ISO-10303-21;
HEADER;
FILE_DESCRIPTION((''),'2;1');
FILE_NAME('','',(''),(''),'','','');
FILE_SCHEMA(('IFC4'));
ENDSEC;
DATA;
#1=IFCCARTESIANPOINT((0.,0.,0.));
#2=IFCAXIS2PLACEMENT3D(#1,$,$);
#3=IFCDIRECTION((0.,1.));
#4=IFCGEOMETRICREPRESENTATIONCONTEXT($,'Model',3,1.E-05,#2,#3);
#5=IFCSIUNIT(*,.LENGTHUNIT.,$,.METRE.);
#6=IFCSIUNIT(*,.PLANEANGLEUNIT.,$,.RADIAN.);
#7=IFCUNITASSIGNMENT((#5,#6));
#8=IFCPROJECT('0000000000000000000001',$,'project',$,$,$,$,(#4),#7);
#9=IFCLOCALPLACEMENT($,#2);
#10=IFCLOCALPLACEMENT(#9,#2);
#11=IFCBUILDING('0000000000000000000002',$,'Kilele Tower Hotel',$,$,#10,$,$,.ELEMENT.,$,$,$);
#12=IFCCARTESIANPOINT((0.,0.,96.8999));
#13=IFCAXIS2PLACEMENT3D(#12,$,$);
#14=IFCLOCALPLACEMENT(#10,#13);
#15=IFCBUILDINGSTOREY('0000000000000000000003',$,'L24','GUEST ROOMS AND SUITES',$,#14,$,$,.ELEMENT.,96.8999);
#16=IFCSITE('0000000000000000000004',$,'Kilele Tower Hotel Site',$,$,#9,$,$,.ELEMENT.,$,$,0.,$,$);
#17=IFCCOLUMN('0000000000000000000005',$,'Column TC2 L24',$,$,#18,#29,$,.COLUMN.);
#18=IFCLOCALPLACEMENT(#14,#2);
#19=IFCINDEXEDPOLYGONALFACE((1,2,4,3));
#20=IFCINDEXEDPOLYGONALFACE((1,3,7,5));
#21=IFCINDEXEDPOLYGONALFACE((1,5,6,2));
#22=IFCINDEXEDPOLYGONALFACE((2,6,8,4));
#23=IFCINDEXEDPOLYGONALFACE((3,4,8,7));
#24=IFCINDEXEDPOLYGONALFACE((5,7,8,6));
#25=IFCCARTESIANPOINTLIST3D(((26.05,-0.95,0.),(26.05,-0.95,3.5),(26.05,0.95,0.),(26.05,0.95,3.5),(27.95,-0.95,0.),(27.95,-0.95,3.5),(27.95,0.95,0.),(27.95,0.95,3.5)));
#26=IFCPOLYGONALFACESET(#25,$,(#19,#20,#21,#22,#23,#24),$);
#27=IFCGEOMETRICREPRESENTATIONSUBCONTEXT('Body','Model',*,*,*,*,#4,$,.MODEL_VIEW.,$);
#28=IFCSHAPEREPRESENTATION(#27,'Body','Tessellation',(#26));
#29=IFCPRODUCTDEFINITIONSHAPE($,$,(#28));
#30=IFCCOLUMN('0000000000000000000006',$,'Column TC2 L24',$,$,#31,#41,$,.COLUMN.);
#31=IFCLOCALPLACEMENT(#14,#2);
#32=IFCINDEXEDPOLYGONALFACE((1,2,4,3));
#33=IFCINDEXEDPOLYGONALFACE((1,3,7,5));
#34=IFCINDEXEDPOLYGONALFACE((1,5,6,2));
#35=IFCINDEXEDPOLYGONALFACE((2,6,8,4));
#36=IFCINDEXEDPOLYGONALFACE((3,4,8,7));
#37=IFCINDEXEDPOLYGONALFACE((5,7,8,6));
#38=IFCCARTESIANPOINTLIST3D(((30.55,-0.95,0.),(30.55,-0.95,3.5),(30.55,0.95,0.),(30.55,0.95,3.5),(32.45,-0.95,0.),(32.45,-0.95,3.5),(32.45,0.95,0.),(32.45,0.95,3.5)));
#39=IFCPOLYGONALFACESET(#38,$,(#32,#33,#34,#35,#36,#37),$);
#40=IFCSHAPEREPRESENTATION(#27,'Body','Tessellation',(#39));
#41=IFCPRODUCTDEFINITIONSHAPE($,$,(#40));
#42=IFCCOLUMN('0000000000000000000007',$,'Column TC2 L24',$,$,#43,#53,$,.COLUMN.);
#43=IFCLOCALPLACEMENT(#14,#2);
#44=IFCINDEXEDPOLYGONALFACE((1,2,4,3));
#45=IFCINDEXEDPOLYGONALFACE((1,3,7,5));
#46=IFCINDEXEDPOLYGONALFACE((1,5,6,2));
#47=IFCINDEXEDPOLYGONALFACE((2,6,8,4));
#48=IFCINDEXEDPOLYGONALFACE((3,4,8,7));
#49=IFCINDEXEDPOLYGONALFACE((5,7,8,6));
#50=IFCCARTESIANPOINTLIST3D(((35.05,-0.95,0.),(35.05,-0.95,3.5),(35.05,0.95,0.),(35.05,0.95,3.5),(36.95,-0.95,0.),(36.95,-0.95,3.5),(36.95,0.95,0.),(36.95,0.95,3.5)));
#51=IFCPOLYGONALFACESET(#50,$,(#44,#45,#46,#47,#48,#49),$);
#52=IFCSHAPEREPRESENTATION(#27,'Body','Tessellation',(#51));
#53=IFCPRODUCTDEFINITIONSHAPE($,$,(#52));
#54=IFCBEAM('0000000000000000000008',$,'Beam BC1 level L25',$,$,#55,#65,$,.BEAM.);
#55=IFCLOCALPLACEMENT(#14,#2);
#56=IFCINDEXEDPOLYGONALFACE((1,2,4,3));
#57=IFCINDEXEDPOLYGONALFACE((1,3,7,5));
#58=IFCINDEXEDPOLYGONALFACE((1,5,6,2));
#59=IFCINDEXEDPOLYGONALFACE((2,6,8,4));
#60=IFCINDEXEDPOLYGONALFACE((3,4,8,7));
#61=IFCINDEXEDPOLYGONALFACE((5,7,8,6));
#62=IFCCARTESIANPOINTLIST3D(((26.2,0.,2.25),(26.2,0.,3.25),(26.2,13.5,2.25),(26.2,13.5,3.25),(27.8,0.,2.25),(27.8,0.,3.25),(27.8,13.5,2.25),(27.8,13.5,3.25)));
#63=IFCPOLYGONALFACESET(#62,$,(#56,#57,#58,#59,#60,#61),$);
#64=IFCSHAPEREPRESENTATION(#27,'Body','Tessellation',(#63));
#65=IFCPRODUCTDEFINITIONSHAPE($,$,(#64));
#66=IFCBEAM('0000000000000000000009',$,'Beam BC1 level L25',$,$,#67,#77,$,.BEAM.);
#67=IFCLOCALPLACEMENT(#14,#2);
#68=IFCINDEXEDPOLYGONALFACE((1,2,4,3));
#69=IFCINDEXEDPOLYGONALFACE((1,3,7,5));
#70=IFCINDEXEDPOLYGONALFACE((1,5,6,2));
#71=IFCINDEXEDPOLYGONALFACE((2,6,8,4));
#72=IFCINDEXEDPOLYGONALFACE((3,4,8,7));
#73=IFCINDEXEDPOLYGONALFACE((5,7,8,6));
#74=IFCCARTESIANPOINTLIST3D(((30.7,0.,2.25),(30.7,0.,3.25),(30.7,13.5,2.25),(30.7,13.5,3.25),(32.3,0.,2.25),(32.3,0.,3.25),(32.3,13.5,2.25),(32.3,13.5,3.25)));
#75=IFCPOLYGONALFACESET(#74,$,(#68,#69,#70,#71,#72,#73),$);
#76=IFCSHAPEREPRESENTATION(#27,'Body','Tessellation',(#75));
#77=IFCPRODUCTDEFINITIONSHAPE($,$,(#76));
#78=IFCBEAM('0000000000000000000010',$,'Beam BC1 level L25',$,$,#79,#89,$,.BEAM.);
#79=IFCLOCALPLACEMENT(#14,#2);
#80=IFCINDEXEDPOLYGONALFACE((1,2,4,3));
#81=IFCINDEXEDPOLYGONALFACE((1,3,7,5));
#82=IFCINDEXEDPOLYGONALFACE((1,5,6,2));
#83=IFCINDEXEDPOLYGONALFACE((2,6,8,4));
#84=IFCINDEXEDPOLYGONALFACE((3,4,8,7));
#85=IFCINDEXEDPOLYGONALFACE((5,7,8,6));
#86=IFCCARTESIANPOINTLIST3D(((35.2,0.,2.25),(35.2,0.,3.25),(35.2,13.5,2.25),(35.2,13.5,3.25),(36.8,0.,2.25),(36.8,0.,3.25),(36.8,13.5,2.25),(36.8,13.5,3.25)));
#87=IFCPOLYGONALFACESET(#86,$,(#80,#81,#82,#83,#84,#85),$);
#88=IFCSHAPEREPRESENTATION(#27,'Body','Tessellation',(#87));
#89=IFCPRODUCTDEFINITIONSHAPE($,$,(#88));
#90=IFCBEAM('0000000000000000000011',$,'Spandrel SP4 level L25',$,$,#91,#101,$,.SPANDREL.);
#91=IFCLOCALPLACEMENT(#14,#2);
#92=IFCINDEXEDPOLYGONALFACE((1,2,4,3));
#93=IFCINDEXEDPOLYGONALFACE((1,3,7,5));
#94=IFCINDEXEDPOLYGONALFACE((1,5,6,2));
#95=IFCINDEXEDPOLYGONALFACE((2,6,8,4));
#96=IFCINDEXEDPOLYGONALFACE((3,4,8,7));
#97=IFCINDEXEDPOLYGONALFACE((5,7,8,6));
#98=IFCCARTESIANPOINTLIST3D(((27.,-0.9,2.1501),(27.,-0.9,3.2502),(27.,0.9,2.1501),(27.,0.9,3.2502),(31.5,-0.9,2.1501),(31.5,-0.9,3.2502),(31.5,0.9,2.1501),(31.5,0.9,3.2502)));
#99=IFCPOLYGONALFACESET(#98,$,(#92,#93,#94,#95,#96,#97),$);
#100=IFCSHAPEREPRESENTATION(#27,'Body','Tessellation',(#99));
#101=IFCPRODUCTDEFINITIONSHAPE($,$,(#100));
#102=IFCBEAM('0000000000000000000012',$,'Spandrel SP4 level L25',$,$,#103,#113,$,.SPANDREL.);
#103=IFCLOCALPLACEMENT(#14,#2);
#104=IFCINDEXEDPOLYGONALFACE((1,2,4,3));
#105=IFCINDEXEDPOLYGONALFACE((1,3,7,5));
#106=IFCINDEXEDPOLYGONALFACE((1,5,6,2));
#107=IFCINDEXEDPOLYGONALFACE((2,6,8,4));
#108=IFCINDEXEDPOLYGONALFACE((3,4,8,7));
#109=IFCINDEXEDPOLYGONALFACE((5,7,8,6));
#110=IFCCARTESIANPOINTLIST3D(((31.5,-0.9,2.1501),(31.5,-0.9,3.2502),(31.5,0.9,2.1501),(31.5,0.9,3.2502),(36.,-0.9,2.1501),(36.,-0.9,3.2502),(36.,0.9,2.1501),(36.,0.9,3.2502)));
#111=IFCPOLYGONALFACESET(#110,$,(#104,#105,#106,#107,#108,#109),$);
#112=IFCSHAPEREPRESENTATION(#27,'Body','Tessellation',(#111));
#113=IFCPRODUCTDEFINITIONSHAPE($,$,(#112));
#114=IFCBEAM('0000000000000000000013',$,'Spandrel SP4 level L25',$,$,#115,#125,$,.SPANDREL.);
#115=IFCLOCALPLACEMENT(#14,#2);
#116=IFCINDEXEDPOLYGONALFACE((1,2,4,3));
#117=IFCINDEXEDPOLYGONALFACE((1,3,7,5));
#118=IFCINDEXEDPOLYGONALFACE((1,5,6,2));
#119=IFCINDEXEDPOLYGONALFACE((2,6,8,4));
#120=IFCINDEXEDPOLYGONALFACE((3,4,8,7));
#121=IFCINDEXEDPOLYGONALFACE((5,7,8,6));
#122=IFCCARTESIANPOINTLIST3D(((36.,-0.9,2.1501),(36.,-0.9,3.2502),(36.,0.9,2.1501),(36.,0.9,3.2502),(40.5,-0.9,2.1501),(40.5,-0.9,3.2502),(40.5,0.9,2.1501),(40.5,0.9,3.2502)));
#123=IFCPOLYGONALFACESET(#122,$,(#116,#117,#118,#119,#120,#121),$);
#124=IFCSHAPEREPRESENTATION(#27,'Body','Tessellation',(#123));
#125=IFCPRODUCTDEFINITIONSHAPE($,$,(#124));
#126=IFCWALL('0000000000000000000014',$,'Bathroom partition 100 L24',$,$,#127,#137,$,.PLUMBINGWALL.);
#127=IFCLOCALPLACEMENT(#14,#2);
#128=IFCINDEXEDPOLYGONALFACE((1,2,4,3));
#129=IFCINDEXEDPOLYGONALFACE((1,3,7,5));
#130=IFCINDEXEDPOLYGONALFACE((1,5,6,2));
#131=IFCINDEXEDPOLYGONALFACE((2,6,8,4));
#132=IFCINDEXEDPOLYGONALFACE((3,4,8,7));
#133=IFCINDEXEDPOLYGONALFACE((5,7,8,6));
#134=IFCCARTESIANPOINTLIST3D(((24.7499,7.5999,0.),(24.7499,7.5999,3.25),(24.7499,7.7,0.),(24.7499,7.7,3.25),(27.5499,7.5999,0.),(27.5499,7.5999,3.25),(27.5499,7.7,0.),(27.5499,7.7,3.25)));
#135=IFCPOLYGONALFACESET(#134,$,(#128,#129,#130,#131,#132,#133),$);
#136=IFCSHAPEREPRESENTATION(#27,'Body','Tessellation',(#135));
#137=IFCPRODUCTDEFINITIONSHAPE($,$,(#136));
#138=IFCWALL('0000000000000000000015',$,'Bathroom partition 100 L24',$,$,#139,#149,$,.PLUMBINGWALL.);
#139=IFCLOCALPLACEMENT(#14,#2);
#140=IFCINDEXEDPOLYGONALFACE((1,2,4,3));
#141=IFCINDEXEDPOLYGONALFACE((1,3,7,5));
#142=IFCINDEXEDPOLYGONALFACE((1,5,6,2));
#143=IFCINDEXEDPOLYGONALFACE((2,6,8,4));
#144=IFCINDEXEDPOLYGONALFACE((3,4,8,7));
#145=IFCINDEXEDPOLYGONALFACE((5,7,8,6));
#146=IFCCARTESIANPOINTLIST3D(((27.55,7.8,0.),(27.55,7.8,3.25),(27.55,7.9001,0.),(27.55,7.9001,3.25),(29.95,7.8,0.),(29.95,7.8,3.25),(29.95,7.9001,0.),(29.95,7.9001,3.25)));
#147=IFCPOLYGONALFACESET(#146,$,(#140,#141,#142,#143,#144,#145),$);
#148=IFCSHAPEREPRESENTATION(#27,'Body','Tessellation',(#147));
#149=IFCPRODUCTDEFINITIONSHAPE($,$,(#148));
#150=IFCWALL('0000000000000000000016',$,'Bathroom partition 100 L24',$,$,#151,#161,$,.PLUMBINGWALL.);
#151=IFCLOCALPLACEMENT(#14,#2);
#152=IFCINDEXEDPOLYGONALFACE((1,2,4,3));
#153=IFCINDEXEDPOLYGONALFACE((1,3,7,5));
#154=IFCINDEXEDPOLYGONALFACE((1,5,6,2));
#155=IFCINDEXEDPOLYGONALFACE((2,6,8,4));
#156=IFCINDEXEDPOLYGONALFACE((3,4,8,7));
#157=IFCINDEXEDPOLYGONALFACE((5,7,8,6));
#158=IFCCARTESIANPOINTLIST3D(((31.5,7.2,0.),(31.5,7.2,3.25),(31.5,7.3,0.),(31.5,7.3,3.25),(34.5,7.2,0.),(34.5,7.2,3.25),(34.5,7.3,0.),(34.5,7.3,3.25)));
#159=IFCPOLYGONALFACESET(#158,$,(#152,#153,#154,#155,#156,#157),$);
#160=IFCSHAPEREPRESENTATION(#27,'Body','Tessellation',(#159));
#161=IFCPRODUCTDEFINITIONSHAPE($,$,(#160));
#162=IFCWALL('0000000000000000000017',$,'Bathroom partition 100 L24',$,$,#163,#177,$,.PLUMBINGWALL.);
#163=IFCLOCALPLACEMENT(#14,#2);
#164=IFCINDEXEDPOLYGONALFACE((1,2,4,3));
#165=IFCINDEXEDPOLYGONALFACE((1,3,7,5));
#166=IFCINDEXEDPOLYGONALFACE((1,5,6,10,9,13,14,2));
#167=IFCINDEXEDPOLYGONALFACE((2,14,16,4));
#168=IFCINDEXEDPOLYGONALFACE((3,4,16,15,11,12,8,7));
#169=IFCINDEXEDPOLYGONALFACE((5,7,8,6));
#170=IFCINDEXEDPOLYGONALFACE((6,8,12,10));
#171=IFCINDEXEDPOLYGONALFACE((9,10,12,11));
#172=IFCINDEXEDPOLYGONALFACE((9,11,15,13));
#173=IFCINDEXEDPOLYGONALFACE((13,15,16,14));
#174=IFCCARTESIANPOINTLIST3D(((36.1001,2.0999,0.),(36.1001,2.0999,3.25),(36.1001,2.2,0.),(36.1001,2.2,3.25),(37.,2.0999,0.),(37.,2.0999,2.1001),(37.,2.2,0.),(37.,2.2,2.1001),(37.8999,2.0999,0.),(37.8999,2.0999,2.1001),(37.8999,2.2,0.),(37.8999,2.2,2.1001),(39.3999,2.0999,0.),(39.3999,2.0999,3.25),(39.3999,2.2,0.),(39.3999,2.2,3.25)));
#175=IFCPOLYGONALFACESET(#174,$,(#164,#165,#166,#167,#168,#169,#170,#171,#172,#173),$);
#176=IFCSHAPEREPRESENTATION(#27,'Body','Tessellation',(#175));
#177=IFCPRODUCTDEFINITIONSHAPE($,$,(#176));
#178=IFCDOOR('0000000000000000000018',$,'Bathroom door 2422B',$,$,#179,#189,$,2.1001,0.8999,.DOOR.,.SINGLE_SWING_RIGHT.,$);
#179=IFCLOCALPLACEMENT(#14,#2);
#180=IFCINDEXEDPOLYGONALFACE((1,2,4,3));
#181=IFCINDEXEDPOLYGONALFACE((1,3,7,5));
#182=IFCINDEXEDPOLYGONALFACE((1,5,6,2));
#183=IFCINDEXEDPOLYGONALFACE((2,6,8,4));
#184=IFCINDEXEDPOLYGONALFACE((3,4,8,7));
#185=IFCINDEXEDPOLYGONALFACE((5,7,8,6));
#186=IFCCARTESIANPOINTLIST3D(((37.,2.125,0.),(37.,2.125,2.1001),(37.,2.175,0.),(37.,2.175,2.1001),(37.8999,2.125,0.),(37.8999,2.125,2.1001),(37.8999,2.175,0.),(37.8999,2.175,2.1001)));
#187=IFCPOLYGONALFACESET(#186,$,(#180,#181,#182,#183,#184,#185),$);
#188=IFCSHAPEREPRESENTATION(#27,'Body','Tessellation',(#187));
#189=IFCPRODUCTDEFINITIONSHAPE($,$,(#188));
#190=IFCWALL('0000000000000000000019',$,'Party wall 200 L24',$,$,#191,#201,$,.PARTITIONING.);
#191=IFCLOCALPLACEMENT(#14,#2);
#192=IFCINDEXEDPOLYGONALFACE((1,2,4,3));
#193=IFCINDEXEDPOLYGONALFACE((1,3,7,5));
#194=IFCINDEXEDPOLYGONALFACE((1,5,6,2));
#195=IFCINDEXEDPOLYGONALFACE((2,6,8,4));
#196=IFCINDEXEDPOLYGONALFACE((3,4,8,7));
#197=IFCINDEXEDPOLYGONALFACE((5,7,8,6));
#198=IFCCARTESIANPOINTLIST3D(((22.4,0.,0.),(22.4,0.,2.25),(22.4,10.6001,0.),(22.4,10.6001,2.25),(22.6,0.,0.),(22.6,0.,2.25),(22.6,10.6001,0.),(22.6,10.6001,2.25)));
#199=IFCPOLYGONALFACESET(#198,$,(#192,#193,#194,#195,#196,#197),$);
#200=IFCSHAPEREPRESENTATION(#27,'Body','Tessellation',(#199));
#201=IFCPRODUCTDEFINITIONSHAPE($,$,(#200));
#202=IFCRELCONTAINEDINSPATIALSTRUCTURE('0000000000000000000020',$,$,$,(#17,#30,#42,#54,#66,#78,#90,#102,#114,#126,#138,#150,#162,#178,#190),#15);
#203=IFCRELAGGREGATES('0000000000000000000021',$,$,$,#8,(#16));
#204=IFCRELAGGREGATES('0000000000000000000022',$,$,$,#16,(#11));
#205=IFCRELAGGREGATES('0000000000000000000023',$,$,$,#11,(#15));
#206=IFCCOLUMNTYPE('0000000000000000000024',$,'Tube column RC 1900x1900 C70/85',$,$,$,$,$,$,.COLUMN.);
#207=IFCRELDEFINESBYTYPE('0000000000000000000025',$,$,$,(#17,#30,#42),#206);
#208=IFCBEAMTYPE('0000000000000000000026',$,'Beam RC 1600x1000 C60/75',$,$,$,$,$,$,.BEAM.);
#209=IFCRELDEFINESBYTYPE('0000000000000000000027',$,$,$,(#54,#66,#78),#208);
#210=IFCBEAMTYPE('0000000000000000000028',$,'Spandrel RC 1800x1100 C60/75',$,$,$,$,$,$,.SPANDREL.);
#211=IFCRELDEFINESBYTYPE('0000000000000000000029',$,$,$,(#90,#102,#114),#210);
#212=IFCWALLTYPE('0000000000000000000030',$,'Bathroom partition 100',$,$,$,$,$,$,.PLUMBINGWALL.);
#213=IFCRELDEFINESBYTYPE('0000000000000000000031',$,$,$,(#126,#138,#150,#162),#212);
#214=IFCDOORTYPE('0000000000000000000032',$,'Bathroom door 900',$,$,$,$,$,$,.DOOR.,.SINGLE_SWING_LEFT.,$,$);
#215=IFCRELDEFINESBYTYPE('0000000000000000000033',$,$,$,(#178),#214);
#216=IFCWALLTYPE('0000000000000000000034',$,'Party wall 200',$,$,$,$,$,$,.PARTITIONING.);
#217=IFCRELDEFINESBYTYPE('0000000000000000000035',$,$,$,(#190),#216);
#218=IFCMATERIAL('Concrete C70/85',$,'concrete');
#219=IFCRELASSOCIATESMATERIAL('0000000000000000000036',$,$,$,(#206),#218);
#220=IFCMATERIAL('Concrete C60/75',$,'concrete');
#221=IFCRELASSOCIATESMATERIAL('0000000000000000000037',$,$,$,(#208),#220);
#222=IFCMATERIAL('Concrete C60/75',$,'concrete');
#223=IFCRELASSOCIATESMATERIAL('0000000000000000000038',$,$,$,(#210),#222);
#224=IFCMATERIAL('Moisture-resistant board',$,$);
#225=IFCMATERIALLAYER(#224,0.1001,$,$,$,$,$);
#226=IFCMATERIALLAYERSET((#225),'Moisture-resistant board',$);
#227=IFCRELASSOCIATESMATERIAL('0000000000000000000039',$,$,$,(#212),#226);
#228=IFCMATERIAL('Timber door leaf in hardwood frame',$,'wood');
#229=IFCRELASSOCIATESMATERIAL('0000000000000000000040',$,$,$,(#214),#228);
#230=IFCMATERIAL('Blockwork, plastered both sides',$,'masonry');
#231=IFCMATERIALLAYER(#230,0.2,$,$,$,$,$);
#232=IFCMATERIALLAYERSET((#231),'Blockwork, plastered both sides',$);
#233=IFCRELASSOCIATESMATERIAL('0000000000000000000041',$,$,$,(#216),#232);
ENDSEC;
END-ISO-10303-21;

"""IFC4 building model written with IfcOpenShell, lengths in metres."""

from ifc_helpers import new_model, si_unit, direction, frame, frame_2d, origin, origin_2d, place, context, subcontext, project, spatial, rectangle, extrude, material, layer, layer_set, material_profile, profile_set, type_object, element, fill, save


model = new_model("IFC4")

# Units and contexts
model_context = context("Model", 3, precision=1e-05, world=origin(), true_north=direction((0.0, 1.0)))
body_context = subcontext(model_context, "Body", "Model", "MODEL_VIEW")
ifc_project = project(units=[si_unit("LENGTHUNIT", "METRE"), si_unit("PLANEANGLEUNIT", "RADIAN")], contexts=[model_context])

# Site, building, storey
site_placement = place(None, origin())
site = spatial("IfcSite", under=ifc_project, at=site_placement, Name="Kilele Tower Hotel Site", CompositionType="ELEMENT", RefElevation=0.0)
building_placement = place(site_placement, origin())
building = spatial("IfcBuilding", under=site, at=building_placement, Name="Kilele Tower Hotel", CompositionType="ELEMENT")
storey_placement = place(building_placement, frame((0.0, 0.0, 96.8999)))
storey = spatial("IfcBuildingStorey", under=building, at=storey_placement, Name="L24", Description="GUEST ROOMS AND SUITES", CompositionType="ELEMENT", Elevation=96.8999)

# Columns
ifc_material_1 = material(Name="Concrete C70/85", Category="concrete")
ifc_material_profile_1 = material_profile(ifc_material_1, rectangle(XDim=1.8999, YDim=1.8999, at=origin_2d()))
ifc_profile_set_1 = profile_set([ifc_material_profile_1], Name="Concrete C70/85")
column_type = type_object("IfcColumnType", Name="Tube column RC 1900x1900 C70/85", PredefinedType="COLUMN", material=ifc_profile_set_1)
for number, where, z_axis, x_axis, name in (
    (1, (27.0, 0.0, 0.0), (0.0, 0.0, 1.0), (1.0, 0.0, 0.0), "Column TC2 L24"),
    (2, (31.5, 0.0, 0.0), (0.0, 0.0, 1.0), (1.0, 0.0, 0.0), "Column TC2 L24"),
    (3, (36.0, 0.0, 0.0), (0.0, 0.0, 1.0), (1.0, 0.0, 0.0), "Column TC2 L24"),
):
    element("IfcColumn", number, at=place(storey_placement, frame(where, z_axis=z_axis, x_axis=x_axis)), inside=storey, type_object=column_type, Name=name, PredefinedType="COLUMN", context=body_context, shape_type="SweptSolid", body=[
        extrude(rectangle(XDim=1.8999, YDim=1.8999, at=origin_2d()), origin(), (0.0, 0.0, 1.0), 3.5),
    ])

# Beams
ifc_material_2 = material(Name="Concrete C60/75", Category="concrete")
ifc_material_profile_2 = material_profile(ifc_material_2, rectangle(XDim=1.6001, YDim=1.0, at=origin_2d()))
ifc_profile_set_2 = profile_set([ifc_material_profile_2], Name="Concrete C60/75")
beam_type_1 = type_object("IfcBeamType", Name="Beam RC 1600x1000 C60/75", PredefinedType="BEAM", material=ifc_profile_set_2)
for number, where, z_axis, x_axis, name in (
    (4, (27.0, 0.0, 2.75), (0.0, 1.0, 0.0), (-1.0, 0.0, 0.0), "Beam BC1 level L25"),
    (5, (31.5, 0.0, 2.75), (0.0, 1.0, 0.0), (-1.0, 0.0, 0.0), "Beam BC1 level L25"),
    (6, (36.0, 0.0, 2.75), (0.0, 1.0, 0.0), (-1.0, 0.0, 0.0), "Beam BC1 level L25"),
):
    element("IfcBeam", number, at=place(storey_placement, frame(where, z_axis=z_axis, x_axis=x_axis)), inside=storey, type_object=beam_type_1, Name=name, PredefinedType="BEAM", context=body_context, shape_type="SweptSolid", body=[
        extrude(rectangle(XDim=1.6001, YDim=1.0, at=origin_2d()), origin(), (0.0, 0.0, 1.0), 13.5),
    ])
ifc_material_3 = material(Name="Concrete C60/75", Category="concrete")
ifc_material_profile_3 = material_profile(ifc_material_3, rectangle(XDim=1.8, YDim=1.1001, at=origin_2d()))
ifc_profile_set_3 = profile_set([ifc_material_profile_3], Name="Concrete C60/75")
beam_type_2 = type_object("IfcBeamType", Name="Spandrel RC 1800x1100 C60/75", PredefinedType="SPANDREL", material=ifc_profile_set_3)
for number, where, z_axis, x_axis, name in (
    (7, (27.0, 0.0, 2.7002), (1.0, 0.0, 0.0), (0.0, 1.0, 0.0), "Spandrel SP4 level L25"),
    (8, (31.5, 0.0, 2.7002), (1.0, 0.0, 0.0), (0.0, 1.0, 0.0), "Spandrel SP4 level L25"),
    (9, (36.0, 0.0, 2.7002), (1.0, 0.0, 0.0), (0.0, 1.0, 0.0), "Spandrel SP4 level L25"),
):
    element("IfcBeam", number, at=place(storey_placement, frame(where, z_axis=z_axis, x_axis=x_axis)), inside=storey, type_object=beam_type_2, Name=name, PredefinedType="SPANDREL", context=body_context, shape_type="SweptSolid", body=[
        extrude(rectangle(XDim=1.8, YDim=1.1001, at=origin_2d()), origin(), (0.0, 0.0, 1.0), 4.5),
    ])

# Walls
ifc_material_4 = material(Name="Moisture-resistant board")
ifc_layer_1 = layer(ifc_material_4, 0.1001)
ifc_layer_set_1 = layer_set([ifc_layer_1], Name="Moisture-resistant board")
wall_type_1 = type_object("IfcWallType", Name="Bathroom partition 100", PredefinedType="PLUMBINGWALL", material=ifc_layer_set_1)
wall_1_placement = place(storey_placement, frame((24.75, 7.6499, 0.0), z_axis=(0.0, 0.0, 1.0), x_axis=(1.0, 0.0, 0.0)))
element("IfcWall", 10, at=wall_1_placement, inside=storey, type_object=wall_type_1, Name="Bathroom partition 100 L24", PredefinedType="PLUMBINGWALL", context=body_context, shape_type="SweptSolid", body=[
    extrude(rectangle(XDim=2.8, YDim=0.1001, at=frame_2d((1.3999, 0.0))), origin(), (0.0, 0.0, 1.0), 3.25),
])
wall_2_placement = place(storey_placement, frame((27.55, 7.8501, 0.0), z_axis=(0.0, 0.0, 1.0), x_axis=(1.0, 0.0, 0.0)))
element("IfcWall", 11, at=wall_2_placement, inside=storey, type_object=wall_type_1, Name="Bathroom partition 100 L24", PredefinedType="PLUMBINGWALL", context=body_context, shape_type="SweptSolid", body=[
    extrude(rectangle(XDim=2.3999, YDim=0.1001, at=frame_2d((1.2, 0.0))), origin(), (0.0, 0.0, 1.0), 3.25),
])
wall_3_placement = place(storey_placement, frame((31.5, 7.25, 0.0), z_axis=(0.0, 0.0, 1.0), x_axis=(1.0, 0.0, 0.0)))
element("IfcWall", 12, at=wall_3_placement, inside=storey, type_object=wall_type_1, Name="Bathroom partition 100 L24", PredefinedType="PLUMBINGWALL", context=body_context, shape_type="SweptSolid", body=[
    extrude(rectangle(XDim=3.0, YDim=0.1001, at=frame_2d((1.5, 0.0))), origin(), (0.0, 0.0, 1.0), 3.25),
])

# Wall, opening, door
wall_4_placement = place(storey_placement, frame((36.1001, 2.1499, 0.0), z_axis=(0.0, 0.0, 1.0), x_axis=(1.0, 0.0, 0.0)))
wall_4 = element("IfcWall", 13, at=wall_4_placement, inside=storey, type_object=wall_type_1, Name="Bathroom partition 100 L24", PredefinedType="PLUMBINGWALL", context=body_context, shape_type="SweptSolid", body=[
    extrude(rectangle(XDim=3.2998, YDim=0.1001, at=frame_2d((1.6499, 0.0))), origin(), (0.0, 0.0, 1.0), 3.25),
])
opening_1_placement = place(wall_4_placement, frame((1.7998, 0.0, 0.0), z_axis=(0.0, 0.0, 1.0), x_axis=(-1.0, 0.0, 0.0)))
opening_1 = element("IfcOpeningElement", 14, at=opening_1_placement, cuts=wall_4, PredefinedType="OPENING", context=body_context, shape_type="SweptSolid", body=[
    extrude(rectangle(XDim=0.8999, YDim=2.1001, at=frame_2d((0.45, 1.05))), frame((0.0, 0.0601, 0.0), z_axis=(0.0, -1.0, 0.0), x_axis=(1.0, 0.0, 0.0)), (0.0, 0.0, 1.0), 0.1201),
])
ifc_material_5 = material(Name="Timber door leaf in hardwood frame", Category="wood")
door_type_1 = type_object("IfcDoorType", Name="Bathroom door 900", OperationType="SINGLE_SWING_LEFT", PredefinedType="DOOR", material=ifc_material_5)
door_1_placement = place(opening_1_placement, origin())
door_1 = element("IfcDoor", 15, at=door_1_placement, inside=storey, type_object=door_type_1, Name="Bathroom door 2422B", OperationType="SINGLE_SWING_RIGHT", OverallHeight=2.1001, OverallWidth=0.8999, PredefinedType="DOOR", context=body_context, shape_type="SweptSolid", body=[
    extrude(rectangle(XDim=0.8999, YDim=2.1001, at=frame_2d((0.45, 1.05))), frame((0.0, 0.0249, 0.0), z_axis=(0.0, -1.0, 0.0), x_axis=(1.0, 0.0, 0.0)), (0.0, 0.0, 1.0), 0.05),
])
fill(opening_1, door_1)

# Wall
ifc_material_6 = material(Name="Blockwork, plastered both sides", Category="masonry")
ifc_layer_2 = layer(ifc_material_6, 0.2)
ifc_layer_set_2 = layer_set([ifc_layer_2], Name="Blockwork, plastered both sides")
wall_type_2 = type_object("IfcWallType", Name="Party wall 200", PredefinedType="PARTITIONING", material=ifc_layer_set_2)
wall_5_placement = place(storey_placement, frame((22.5, 10.6001, 0.0), z_axis=(0.0, 0.0, 1.0), x_axis=(0.0, -1.0, 0.0)))
element("IfcWall", 16, at=wall_5_placement, inside=storey, type_object=wall_type_2, Name="Party wall 200 L24", PredefinedType="PARTITIONING", context=body_context, shape_type="SweptSolid", body=[
    extrude(rectangle(XDim=10.6001, YDim=0.2, at=frame_2d((5.3, 0.0))), origin(), (0.0, 0.0, 1.0), 2.25),
])

save(model, "model.ifc")
